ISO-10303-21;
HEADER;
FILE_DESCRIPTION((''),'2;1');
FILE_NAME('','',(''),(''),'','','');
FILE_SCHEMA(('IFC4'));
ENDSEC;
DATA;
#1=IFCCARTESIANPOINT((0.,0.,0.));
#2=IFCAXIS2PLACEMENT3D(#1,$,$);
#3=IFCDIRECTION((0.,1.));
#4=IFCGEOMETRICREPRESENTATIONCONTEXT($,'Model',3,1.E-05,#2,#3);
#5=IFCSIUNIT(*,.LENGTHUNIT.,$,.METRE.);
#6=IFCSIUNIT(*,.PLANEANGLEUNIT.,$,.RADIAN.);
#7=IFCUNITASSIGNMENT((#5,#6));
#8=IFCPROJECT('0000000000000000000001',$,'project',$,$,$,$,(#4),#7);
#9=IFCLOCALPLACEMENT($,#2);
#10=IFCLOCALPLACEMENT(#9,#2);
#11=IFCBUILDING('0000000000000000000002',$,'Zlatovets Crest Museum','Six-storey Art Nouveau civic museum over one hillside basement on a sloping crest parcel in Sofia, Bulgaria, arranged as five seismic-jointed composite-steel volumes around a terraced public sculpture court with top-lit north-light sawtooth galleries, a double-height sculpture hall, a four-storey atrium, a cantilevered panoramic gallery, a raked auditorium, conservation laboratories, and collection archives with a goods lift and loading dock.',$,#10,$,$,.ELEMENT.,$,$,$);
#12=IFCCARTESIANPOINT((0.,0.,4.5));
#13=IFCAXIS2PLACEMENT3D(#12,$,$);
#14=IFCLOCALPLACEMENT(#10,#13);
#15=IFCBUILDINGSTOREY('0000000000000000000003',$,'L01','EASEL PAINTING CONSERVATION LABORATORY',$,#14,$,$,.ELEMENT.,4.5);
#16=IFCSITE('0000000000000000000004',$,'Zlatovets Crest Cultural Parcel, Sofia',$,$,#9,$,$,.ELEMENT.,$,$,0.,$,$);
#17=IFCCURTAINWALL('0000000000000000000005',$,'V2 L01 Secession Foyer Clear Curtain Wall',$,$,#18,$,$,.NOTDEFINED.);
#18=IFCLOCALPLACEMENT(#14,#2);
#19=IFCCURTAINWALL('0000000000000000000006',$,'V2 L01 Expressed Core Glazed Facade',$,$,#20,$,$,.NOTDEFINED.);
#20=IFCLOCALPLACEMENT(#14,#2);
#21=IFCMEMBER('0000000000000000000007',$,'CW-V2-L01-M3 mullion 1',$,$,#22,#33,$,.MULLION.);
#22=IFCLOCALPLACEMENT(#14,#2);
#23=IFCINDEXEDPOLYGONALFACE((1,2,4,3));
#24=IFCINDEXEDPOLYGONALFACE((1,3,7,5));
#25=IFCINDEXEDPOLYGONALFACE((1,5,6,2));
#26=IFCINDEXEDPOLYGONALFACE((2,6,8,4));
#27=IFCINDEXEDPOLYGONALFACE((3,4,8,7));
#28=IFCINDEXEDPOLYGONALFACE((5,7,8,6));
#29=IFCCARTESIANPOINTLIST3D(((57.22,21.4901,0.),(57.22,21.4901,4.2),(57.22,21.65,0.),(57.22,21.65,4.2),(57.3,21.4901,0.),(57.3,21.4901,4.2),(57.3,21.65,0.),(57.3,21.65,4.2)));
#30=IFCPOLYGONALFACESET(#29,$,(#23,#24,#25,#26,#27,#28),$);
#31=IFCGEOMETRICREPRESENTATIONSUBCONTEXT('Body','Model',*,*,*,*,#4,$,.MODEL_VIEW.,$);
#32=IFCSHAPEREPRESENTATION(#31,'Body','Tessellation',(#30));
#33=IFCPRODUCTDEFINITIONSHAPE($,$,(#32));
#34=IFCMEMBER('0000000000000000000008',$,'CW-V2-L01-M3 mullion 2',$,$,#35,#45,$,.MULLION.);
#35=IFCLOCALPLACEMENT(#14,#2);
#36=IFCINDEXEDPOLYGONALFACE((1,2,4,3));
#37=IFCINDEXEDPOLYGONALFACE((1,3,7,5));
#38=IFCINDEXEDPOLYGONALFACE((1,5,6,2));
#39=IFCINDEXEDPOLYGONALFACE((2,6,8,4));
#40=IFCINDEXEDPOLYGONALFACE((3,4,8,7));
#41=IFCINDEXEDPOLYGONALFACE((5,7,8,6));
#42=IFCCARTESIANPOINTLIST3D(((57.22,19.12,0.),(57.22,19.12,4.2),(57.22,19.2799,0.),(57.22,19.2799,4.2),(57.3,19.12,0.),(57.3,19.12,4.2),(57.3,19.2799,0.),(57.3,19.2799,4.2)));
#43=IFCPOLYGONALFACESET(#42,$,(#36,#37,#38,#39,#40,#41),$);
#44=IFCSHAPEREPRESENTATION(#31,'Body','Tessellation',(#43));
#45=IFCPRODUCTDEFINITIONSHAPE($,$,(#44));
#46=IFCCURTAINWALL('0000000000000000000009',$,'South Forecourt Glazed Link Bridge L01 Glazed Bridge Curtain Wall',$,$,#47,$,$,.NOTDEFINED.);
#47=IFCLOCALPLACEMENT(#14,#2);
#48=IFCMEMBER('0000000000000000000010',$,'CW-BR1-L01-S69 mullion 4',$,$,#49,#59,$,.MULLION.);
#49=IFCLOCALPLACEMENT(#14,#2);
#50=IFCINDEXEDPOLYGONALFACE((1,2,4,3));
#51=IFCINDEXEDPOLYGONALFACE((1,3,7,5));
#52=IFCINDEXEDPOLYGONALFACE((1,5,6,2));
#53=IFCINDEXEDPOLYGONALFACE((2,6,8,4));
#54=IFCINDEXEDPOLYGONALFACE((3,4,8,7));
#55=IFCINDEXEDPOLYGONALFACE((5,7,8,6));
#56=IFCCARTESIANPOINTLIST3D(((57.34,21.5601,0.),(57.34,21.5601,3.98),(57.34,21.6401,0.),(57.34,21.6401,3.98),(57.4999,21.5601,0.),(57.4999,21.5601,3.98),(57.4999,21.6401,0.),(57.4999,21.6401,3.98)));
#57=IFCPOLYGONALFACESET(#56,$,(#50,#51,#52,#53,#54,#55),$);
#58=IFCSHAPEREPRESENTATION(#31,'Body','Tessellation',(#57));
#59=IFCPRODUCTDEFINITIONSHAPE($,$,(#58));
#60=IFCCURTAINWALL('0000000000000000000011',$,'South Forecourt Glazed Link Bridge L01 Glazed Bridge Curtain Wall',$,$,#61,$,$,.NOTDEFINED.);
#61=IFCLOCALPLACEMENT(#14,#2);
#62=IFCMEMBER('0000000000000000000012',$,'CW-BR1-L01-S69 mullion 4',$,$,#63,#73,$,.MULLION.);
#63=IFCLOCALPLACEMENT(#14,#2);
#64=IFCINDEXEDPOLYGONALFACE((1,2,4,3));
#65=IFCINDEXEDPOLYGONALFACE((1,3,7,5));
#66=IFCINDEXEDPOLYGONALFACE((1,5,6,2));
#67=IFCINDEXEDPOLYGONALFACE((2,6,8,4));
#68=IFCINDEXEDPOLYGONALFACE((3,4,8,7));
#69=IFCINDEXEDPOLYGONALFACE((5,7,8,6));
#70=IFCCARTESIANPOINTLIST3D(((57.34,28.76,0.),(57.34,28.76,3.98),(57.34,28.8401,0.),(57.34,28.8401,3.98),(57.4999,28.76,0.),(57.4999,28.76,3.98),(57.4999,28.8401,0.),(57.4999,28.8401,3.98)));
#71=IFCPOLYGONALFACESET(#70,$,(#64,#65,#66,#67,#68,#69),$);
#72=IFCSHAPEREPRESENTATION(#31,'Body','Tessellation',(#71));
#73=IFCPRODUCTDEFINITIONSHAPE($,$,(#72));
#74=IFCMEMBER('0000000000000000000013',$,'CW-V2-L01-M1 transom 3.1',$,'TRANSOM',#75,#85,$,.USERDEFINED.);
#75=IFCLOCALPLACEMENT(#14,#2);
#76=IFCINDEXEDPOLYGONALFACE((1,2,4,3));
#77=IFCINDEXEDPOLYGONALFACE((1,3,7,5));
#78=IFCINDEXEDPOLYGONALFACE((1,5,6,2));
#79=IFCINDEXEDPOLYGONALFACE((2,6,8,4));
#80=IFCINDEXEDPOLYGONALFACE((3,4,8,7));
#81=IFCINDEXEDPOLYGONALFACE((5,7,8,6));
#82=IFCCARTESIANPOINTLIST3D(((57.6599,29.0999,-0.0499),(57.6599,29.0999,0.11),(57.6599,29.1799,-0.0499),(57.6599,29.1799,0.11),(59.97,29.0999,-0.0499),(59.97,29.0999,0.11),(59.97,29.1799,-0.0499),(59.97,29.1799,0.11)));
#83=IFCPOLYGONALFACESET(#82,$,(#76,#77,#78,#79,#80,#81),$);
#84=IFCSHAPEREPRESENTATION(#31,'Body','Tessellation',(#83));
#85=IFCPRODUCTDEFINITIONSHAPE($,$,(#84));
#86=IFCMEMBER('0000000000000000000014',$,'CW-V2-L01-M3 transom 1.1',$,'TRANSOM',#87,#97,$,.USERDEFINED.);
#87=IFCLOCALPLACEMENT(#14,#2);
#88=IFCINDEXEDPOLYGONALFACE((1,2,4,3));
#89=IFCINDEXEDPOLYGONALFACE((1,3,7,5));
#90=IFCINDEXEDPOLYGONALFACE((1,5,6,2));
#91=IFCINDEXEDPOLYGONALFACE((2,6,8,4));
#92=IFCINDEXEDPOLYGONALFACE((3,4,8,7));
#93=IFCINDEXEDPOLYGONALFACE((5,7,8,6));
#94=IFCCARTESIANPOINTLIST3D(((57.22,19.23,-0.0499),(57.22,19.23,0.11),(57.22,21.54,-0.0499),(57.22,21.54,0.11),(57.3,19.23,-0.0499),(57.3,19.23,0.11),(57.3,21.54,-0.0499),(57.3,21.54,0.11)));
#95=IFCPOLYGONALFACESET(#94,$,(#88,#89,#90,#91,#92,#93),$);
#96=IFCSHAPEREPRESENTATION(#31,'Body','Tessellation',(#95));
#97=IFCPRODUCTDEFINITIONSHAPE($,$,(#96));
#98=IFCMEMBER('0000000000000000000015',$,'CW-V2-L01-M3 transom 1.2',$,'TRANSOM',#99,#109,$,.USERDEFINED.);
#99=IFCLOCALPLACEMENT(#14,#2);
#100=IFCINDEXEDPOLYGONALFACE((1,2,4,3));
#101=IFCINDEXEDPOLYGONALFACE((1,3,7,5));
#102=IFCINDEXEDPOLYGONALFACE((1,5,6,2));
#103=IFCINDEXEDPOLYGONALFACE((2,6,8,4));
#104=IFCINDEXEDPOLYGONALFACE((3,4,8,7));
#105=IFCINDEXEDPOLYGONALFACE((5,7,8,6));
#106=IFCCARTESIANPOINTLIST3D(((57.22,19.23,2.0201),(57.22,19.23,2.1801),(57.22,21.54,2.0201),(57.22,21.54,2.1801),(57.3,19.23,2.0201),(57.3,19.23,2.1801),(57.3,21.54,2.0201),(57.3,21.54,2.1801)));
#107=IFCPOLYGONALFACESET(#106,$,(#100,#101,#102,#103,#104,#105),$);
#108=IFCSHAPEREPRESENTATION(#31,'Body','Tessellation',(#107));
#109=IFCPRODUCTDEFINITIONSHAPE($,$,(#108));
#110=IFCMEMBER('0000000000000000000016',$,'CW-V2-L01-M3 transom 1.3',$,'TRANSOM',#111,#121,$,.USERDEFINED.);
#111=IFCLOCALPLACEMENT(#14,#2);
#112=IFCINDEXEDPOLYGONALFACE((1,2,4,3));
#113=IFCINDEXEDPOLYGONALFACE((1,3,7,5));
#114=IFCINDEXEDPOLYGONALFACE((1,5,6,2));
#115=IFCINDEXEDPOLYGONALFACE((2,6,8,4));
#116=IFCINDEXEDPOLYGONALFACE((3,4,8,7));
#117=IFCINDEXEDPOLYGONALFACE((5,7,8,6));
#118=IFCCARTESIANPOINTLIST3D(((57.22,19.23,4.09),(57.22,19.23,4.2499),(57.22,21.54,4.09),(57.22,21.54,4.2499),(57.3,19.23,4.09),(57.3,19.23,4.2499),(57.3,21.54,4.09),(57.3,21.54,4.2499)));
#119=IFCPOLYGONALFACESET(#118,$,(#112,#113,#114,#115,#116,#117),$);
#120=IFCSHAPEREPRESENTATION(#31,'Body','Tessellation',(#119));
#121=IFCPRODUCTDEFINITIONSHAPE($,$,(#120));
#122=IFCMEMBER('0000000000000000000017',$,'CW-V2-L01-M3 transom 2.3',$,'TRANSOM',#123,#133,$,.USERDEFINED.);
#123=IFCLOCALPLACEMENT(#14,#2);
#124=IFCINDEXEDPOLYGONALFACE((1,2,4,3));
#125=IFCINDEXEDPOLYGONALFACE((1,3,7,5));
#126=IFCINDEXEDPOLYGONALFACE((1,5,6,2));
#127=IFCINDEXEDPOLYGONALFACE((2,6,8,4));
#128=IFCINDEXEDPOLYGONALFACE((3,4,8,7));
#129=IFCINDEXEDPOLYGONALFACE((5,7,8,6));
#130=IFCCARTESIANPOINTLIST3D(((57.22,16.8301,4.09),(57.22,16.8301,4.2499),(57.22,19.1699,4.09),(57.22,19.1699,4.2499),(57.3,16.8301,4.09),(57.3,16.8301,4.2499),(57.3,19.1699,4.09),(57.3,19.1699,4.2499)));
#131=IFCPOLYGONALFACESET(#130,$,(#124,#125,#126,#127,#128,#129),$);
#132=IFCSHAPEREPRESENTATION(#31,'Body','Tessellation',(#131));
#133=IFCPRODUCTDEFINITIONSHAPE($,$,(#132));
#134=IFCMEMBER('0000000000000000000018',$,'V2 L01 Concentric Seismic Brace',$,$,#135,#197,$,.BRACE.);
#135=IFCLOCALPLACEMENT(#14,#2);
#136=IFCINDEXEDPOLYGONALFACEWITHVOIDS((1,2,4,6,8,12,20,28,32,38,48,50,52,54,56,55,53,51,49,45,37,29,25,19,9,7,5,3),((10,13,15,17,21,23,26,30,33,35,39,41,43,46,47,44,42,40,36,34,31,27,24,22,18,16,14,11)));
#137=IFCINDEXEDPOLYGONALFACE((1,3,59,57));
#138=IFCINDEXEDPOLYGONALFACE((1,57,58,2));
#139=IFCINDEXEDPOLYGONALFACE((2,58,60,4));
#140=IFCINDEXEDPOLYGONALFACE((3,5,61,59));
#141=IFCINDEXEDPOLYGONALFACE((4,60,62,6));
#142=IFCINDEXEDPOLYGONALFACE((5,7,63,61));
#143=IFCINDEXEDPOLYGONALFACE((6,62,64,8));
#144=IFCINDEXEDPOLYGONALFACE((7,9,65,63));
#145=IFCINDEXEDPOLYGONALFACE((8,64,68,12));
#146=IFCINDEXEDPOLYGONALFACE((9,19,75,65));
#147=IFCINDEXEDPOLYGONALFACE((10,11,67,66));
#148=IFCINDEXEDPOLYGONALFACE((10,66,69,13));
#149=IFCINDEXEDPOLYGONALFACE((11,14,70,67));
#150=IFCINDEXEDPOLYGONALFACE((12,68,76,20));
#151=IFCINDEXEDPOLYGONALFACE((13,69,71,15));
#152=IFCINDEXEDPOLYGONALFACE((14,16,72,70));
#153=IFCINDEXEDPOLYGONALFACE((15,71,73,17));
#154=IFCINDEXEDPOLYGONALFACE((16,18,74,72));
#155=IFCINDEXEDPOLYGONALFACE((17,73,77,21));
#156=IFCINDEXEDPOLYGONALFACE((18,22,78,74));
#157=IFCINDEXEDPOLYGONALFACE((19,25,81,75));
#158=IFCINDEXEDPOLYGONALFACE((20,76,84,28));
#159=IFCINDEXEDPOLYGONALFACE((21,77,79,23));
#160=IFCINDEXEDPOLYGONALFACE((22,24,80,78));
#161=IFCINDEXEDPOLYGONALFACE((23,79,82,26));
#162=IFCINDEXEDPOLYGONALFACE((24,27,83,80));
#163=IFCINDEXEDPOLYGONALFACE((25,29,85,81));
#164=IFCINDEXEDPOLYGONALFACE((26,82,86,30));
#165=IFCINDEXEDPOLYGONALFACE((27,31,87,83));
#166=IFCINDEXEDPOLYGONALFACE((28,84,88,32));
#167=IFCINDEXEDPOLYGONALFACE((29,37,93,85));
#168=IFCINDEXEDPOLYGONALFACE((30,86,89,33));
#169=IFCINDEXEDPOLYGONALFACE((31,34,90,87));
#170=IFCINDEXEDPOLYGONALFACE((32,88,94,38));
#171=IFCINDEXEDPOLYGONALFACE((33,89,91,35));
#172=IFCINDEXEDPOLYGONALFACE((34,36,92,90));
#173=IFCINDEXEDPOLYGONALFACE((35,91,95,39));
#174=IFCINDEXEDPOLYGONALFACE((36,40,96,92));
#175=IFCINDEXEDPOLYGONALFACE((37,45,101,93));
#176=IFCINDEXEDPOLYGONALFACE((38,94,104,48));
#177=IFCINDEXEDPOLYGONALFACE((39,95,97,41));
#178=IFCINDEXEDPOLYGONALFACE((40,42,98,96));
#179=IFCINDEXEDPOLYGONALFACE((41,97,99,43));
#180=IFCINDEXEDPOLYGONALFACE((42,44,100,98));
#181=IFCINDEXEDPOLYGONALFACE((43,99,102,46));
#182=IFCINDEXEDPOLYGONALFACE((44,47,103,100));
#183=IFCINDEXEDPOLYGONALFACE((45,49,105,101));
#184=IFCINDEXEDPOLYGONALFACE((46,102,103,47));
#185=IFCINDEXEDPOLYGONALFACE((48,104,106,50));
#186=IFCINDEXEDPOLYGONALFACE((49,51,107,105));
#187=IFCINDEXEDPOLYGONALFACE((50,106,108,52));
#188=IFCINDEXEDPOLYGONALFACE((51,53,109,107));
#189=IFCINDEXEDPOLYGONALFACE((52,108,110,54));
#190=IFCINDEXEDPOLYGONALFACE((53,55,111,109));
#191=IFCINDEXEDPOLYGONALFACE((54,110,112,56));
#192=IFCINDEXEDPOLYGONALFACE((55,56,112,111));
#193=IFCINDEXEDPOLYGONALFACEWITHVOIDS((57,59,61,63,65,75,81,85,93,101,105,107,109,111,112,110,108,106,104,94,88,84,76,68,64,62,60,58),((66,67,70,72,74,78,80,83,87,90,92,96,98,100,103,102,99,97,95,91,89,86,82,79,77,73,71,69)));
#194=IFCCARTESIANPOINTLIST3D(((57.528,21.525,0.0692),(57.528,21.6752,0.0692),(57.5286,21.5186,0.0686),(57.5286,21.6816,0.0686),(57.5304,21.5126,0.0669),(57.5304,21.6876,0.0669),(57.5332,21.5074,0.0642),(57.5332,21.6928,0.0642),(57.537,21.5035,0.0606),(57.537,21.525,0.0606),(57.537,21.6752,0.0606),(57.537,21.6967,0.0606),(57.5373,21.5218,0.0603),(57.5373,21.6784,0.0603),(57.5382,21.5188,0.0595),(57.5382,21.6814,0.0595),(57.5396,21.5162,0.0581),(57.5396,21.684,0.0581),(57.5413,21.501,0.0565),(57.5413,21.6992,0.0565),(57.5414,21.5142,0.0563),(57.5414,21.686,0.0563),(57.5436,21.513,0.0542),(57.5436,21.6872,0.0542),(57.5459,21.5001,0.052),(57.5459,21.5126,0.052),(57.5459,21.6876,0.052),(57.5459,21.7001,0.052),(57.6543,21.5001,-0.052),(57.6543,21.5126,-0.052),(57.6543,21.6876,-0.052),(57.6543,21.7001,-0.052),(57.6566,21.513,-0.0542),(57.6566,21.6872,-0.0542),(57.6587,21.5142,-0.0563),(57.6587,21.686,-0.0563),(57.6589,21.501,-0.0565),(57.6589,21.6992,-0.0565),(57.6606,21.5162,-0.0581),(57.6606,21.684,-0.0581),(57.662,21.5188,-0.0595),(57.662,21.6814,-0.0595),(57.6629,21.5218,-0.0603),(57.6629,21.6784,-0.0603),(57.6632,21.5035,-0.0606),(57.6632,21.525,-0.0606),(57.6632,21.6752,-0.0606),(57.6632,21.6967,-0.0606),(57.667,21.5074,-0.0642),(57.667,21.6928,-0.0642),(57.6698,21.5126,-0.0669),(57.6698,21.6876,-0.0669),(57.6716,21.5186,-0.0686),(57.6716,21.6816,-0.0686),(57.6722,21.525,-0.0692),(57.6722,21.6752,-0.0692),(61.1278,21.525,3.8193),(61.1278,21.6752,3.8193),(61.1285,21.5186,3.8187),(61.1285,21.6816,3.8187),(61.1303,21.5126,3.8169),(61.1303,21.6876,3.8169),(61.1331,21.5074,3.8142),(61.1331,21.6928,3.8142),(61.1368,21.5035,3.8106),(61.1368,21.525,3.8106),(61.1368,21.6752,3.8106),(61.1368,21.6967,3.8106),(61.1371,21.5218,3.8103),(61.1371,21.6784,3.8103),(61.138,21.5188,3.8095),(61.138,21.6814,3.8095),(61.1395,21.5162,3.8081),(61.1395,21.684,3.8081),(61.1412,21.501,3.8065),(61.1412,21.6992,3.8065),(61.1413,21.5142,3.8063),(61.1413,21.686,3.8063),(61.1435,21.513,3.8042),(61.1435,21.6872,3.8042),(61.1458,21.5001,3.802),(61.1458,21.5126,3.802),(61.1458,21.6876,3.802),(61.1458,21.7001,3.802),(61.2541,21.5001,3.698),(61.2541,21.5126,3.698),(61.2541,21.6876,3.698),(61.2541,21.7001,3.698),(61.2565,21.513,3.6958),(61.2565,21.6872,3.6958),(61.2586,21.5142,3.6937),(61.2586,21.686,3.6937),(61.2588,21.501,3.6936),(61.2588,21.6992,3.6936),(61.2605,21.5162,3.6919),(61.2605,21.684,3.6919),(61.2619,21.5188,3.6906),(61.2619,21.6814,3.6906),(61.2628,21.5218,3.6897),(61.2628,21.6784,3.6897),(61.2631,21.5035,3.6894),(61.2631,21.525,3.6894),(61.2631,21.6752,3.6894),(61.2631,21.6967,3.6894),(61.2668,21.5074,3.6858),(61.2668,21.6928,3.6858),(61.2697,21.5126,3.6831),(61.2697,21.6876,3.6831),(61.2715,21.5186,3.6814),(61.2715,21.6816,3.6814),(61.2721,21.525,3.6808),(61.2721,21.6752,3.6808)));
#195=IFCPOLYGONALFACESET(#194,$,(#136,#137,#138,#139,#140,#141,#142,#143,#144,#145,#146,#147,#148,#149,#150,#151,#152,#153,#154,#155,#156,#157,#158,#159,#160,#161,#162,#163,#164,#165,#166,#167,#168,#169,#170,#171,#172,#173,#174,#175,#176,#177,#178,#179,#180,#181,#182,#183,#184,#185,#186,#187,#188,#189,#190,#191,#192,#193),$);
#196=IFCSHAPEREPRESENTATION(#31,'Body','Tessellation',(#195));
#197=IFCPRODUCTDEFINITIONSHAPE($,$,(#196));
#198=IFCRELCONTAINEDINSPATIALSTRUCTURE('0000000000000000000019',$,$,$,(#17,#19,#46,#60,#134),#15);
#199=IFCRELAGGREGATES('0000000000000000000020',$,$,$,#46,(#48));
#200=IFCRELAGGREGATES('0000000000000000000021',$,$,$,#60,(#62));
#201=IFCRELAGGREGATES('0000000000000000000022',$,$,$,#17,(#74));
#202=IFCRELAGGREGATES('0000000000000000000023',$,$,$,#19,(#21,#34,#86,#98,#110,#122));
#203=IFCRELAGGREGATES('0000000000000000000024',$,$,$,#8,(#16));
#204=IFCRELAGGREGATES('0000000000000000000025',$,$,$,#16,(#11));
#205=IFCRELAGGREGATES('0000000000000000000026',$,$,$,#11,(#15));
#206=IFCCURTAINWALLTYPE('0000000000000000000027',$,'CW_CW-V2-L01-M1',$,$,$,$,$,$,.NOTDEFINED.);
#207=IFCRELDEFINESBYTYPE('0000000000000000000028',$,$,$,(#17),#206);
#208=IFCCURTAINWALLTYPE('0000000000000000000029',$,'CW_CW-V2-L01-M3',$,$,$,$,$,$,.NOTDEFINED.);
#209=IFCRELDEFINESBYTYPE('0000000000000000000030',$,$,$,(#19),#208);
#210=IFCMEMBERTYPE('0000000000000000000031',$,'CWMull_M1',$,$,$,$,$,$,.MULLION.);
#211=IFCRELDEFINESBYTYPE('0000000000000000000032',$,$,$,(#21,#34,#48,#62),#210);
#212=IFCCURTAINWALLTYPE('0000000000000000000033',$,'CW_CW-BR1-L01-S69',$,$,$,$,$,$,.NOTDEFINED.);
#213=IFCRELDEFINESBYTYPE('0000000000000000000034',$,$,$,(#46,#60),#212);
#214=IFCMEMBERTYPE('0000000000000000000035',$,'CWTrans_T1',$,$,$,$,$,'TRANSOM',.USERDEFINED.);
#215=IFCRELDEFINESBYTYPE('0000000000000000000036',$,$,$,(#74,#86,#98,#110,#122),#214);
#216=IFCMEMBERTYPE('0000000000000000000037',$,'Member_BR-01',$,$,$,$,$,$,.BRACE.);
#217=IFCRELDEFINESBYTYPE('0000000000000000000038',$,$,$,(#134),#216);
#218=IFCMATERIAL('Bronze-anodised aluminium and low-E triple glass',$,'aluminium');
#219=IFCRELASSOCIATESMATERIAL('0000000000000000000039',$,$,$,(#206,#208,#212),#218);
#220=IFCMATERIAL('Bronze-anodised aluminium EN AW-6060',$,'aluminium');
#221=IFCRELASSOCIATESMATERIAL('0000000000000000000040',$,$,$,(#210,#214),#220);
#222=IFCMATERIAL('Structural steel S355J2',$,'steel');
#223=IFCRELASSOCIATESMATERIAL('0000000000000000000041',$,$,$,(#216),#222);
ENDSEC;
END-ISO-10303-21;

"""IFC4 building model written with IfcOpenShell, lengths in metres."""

from ifc_helpers import new_model, si_unit, direction, frame, origin, origin_2d, place, context, subcontext, project, spatial, rectangle, hollow_rectangle, extrude, material, material_profile, profile_set, type_object, element, aggregate, save


model = new_model("IFC4")

# Units and contexts
model_context = context("Model", 3, precision=1e-05, world=origin(), true_north=direction((0.0, 1.0)))
body_context = subcontext(model_context, "Body", "Model", "MODEL_VIEW")
ifc_project = project(units=[si_unit("LENGTHUNIT", "METRE"), si_unit("PLANEANGLEUNIT", "RADIAN")], contexts=[model_context])

# Site, building, storey
site_placement = place(None, origin())
site = spatial("IfcSite", under=ifc_project, at=site_placement, Name="Zlatovets Crest Cultural Parcel, Sofia", CompositionType="ELEMENT", RefElevation=0.0)
building_placement = place(site_placement, origin())
building = spatial("IfcBuilding", under=site, at=building_placement, Name="Zlatovets Crest Museum", Description="Six-storey Art Nouveau civic museum over one hillside basement on a sloping crest parcel in Sofia, Bulgaria, arranged as five seismic-jointed composite-steel volumes around a terraced public sculpture court with top-lit north-light sawtooth galleries, a double-height sculpture hall, a four-storey atrium, a cantilevered panoramic gallery, a raked auditorium, conservation laboratories, and collection archives with a goods lift and loading dock.", CompositionType="ELEMENT")
storey_placement = place(building_placement, frame((0.0, 0.0, 4.5)))
storey = spatial("IfcBuildingStorey", under=building, at=storey_placement, Name="L01", Description="EASEL PAINTING CONSERVATION LABORATORY", CompositionType="ELEMENT", Elevation=4.5)

# Shared definitions
ifc_material_1 = material(Name="Structural steel S355J2", Category="steel")

# Curtain wall
ifc_material_2 = material(Name="Bronze-anodised aluminium and low-E triple glass", Category="aluminium")
curtain_wall_type_1 = type_object("IfcCurtainWallType", Name="CW_CW-V2-L01-M1", PredefinedType="NOTDEFINED", material=ifc_material_2)
curtain_wall_1_placement = place(storey_placement, origin())
curtain_wall_1 = element("IfcCurtainWall", 1, at=curtain_wall_1_placement, inside=storey, type_object=curtain_wall_type_1, Name="V2 L01 Secession Foyer Clear Curtain Wall", PredefinedType="NOTDEFINED")
ifc_material_3 = material(Name="Bronze-anodised aluminium EN AW-6060", Category="aluminium")
ifc_material_profile_1 = material_profile(ifc_material_3, rectangle(XDim=0.0801, YDim=0.1599, at=origin_2d()), Name="ALU 80x160")
ifc_profile_set_1 = profile_set([ifc_material_profile_1], Name="Bronze-anodised aluminium EN AW-6060")
member_type_1 = type_object("IfcMemberType", Name="CWMull_M1", PredefinedType="MULLION", material=ifc_profile_set_1)

# Curtain wall, members
curtain_wall_type_2 = type_object("IfcCurtainWallType", Name="CW_CW-V2-L01-M3", PredefinedType="NOTDEFINED", material=ifc_material_2)
curtain_wall_2_placement = place(storey_placement, origin())
curtain_wall_2 = element("IfcCurtainWall", 2, at=curtain_wall_2_placement, inside=storey, type_object=curtain_wall_type_2, Name="V2 L01 Expressed Core Glazed Facade", PredefinedType="NOTDEFINED")
member_1_placement = place(storey_placement, frame((57.26, 21.5701, 0.0), z_axis=(0.0, 0.0, 1.0), x_axis=(1.0, 0.0, 0.0)))
member_1 = element("IfcMember", 3, at=member_1_placement, type_object=member_type_1, Name="CW-V2-L01-M3 mullion 1", PredefinedType="MULLION", context=body_context, shape_type="SweptSolid", body=[
    extrude(rectangle(XDim=0.0801, YDim=0.1599, at=origin_2d()), origin(), (0.0, 0.0, 1.0), 4.2),
])
member_2_placement = place(storey_placement, frame((57.26, 19.2, 0.0), z_axis=(0.0, 0.0, 1.0), x_axis=(1.0, 0.0, 0.0)))
member_2 = element("IfcMember", 4, at=member_2_placement, type_object=member_type_1, Name="CW-V2-L01-M3 mullion 2", PredefinedType="MULLION", context=body_context, shape_type="SweptSolid", body=[
    extrude(rectangle(XDim=0.0801, YDim=0.1599, at=origin_2d()), origin(), (0.0, 0.0, 1.0), 4.2),
])

# Curtain walls, members
curtain_wall_type_3 = type_object("IfcCurtainWallType", Name="CW_CW-BR1-L01-S69", PredefinedType="NOTDEFINED", material=ifc_material_2)
curtain_wall_3_placement = place(storey_placement, origin())
curtain_wall_3 = element("IfcCurtainWall", 5, at=curtain_wall_3_placement, inside=storey, type_object=curtain_wall_type_3, Name="South Forecourt Glazed Link Bridge L01 Glazed Bridge Curtain Wall", PredefinedType="NOTDEFINED")
member_3_placement = place(storey_placement, frame((57.4199, 21.6001, 0.0), z_axis=(0.0, 0.0, 1.0), x_axis=(0.0, 1.0, 0.0)))
member_3 = element("IfcMember", 6, at=member_3_placement, type_object=member_type_1, Name="CW-BR1-L01-S69 mullion 4", PredefinedType="MULLION", context=body_context, shape_type="SweptSolid", body=[
    extrude(rectangle(XDim=0.0801, YDim=0.1599, at=origin_2d()), origin(), (0.0, 0.0, 1.0), 3.98),
])
aggregate(curtain_wall_3, [member_3])
curtain_wall_4_placement = place(storey_placement, origin())
curtain_wall_4 = element("IfcCurtainWall", 7, at=curtain_wall_4_placement, inside=storey, type_object=curtain_wall_type_3, Name="South Forecourt Glazed Link Bridge L01 Glazed Bridge Curtain Wall", PredefinedType="NOTDEFINED")
member_4_placement = place(storey_placement, frame((57.4199, 28.8, 0.0), z_axis=(0.0, 0.0, 1.0), x_axis=(0.0, 1.0, 0.0)))
member_4 = element("IfcMember", 8, at=member_4_placement, type_object=member_type_1, Name="CW-BR1-L01-S69 mullion 4", PredefinedType="MULLION", context=body_context, shape_type="SweptSolid", body=[
    extrude(rectangle(XDim=0.0801, YDim=0.1599, at=origin_2d()), origin(), (0.0, 0.0, 1.0), 3.98),
])
aggregate(curtain_wall_4, [member_4])

# Members
ifc_material_profile_2 = material_profile(ifc_material_3, rectangle(XDim=0.0801, YDim=0.1599, at=origin_2d()), Name="ALU 80x160")
ifc_profile_set_2 = profile_set([ifc_material_profile_2], Name="Bronze-anodised aluminium EN AW-6060")
member_type_2 = type_object("IfcMemberType", Name="CWTrans_T1", ElementType="TRANSOM", PredefinedType="USERDEFINED", material=ifc_profile_set_2)
member_5_placement = place(storey_placement, frame((59.97, 29.1399, 0.03), z_axis=(-1.0, 0.0, 0.0), x_axis=(0.0, -1.0, 0.0)))
member_5 = element("IfcMember", 9, at=member_5_placement, type_object=member_type_2, Name="CW-V2-L01-M1 transom 3.1", ObjectType="TRANSOM", PredefinedType="USERDEFINED", context=body_context, shape_type="SweptSolid", body=[
    extrude(rectangle(XDim=0.0801, YDim=0.1599, at=origin_2d()), origin(), (0.0, 0.0, 1.0), 2.3101),
])
member_6_placement = place(storey_placement, frame((57.26, 21.54, 0.03), z_axis=(0.0, -1.0, 0.0), x_axis=(1.0, 0.0, 0.0)))
member_6 = element("IfcMember", 10, at=member_6_placement, type_object=member_type_2, Name="CW-V2-L01-M3 transom 1.1", ObjectType="TRANSOM", PredefinedType="USERDEFINED", context=body_context, shape_type="SweptSolid", body=[
    extrude(rectangle(XDim=0.0801, YDim=0.1599, at=origin_2d()), origin(), (0.0, 0.0, 1.0), 2.3101),
])
member_7_placement = place(storey_placement, frame((57.26, 21.54, 2.1001), z_axis=(0.0, -1.0, 0.0), x_axis=(1.0, 0.0, 0.0)))
member_7 = element("IfcMember", 11, at=member_7_placement, type_object=member_type_2, Name="CW-V2-L01-M3 transom 1.2", ObjectType="TRANSOM", PredefinedType="USERDEFINED", context=body_context, shape_type="SweptSolid", body=[
    extrude(rectangle(XDim=0.0801, YDim=0.1599, at=origin_2d()), origin(), (0.0, 0.0, 1.0), 2.3101),
])
member_8_placement = place(storey_placement, frame((57.26, 21.54, 4.1699), z_axis=(0.0, -1.0, 0.0), x_axis=(1.0, 0.0, 0.0)))
member_8 = element("IfcMember", 12, at=member_8_placement, type_object=member_type_2, Name="CW-V2-L01-M3 transom 1.3", ObjectType="TRANSOM", PredefinedType="USERDEFINED", context=body_context, shape_type="SweptSolid", body=[
    extrude(rectangle(XDim=0.0801, YDim=0.1599, at=origin_2d()), origin(), (0.0, 0.0, 1.0), 2.3101),
])
member_9_placement = place(storey_placement, frame((57.26, 19.1699, 4.1699), z_axis=(0.0, -1.0, 0.0), x_axis=(1.0, 0.0, 0.0)))
member_9 = element("IfcMember", 13, at=member_9_placement, type_object=member_type_2, Name="CW-V2-L01-M3 transom 2.3", ObjectType="TRANSOM", PredefinedType="USERDEFINED", context=body_context, shape_type="SweptSolid", body=[
    extrude(rectangle(XDim=0.0801, YDim=0.1599, at=origin_2d()), origin(), (0.0, 0.0, 1.0), 2.3398),
])
ifc_material_profile_3 = material_profile(ifc_material_1, hollow_rectangle(XDim=0.2, YDim=0.2, WallThickness=0.0125, InnerFilletRadius=0.0125, OuterFilletRadius=0.0249, at=origin_2d()), Name="SHS 200x200x12.5")
ifc_profile_set_3 = profile_set([ifc_material_profile_3], Name="Structural steel S355J2")
member_type_3 = type_object("IfcMemberType", Name="Member_BR-01", PredefinedType="BRACE", material=ifc_profile_set_3)
member_10_placement = place(storey_placement, frame((57.6001, 21.6001, 0.0), z_axis=(0.692517, 0.0, 0.721401), x_axis=(0.0, 1.0, 0.0)))
element("IfcMember", 14, at=member_10_placement, inside=storey, type_object=member_type_3, Name="V2 L01 Concentric Seismic Brace", PredefinedType="BRACE", context=body_context, shape_type="SweptSolid", body=[
    extrude(hollow_rectangle(XDim=0.2, YDim=0.2, WallThickness=0.0125, InnerFilletRadius=0.0125, OuterFilletRadius=0.0249, at=origin_2d()), origin(), (0.0, 0.0, 1.0), 5.1982),
])

aggregate(curtain_wall_1, [member_5])
aggregate(curtain_wall_2, [member_1, member_2, member_6, member_7, member_8, member_9])

save(model, "model.ifc")
